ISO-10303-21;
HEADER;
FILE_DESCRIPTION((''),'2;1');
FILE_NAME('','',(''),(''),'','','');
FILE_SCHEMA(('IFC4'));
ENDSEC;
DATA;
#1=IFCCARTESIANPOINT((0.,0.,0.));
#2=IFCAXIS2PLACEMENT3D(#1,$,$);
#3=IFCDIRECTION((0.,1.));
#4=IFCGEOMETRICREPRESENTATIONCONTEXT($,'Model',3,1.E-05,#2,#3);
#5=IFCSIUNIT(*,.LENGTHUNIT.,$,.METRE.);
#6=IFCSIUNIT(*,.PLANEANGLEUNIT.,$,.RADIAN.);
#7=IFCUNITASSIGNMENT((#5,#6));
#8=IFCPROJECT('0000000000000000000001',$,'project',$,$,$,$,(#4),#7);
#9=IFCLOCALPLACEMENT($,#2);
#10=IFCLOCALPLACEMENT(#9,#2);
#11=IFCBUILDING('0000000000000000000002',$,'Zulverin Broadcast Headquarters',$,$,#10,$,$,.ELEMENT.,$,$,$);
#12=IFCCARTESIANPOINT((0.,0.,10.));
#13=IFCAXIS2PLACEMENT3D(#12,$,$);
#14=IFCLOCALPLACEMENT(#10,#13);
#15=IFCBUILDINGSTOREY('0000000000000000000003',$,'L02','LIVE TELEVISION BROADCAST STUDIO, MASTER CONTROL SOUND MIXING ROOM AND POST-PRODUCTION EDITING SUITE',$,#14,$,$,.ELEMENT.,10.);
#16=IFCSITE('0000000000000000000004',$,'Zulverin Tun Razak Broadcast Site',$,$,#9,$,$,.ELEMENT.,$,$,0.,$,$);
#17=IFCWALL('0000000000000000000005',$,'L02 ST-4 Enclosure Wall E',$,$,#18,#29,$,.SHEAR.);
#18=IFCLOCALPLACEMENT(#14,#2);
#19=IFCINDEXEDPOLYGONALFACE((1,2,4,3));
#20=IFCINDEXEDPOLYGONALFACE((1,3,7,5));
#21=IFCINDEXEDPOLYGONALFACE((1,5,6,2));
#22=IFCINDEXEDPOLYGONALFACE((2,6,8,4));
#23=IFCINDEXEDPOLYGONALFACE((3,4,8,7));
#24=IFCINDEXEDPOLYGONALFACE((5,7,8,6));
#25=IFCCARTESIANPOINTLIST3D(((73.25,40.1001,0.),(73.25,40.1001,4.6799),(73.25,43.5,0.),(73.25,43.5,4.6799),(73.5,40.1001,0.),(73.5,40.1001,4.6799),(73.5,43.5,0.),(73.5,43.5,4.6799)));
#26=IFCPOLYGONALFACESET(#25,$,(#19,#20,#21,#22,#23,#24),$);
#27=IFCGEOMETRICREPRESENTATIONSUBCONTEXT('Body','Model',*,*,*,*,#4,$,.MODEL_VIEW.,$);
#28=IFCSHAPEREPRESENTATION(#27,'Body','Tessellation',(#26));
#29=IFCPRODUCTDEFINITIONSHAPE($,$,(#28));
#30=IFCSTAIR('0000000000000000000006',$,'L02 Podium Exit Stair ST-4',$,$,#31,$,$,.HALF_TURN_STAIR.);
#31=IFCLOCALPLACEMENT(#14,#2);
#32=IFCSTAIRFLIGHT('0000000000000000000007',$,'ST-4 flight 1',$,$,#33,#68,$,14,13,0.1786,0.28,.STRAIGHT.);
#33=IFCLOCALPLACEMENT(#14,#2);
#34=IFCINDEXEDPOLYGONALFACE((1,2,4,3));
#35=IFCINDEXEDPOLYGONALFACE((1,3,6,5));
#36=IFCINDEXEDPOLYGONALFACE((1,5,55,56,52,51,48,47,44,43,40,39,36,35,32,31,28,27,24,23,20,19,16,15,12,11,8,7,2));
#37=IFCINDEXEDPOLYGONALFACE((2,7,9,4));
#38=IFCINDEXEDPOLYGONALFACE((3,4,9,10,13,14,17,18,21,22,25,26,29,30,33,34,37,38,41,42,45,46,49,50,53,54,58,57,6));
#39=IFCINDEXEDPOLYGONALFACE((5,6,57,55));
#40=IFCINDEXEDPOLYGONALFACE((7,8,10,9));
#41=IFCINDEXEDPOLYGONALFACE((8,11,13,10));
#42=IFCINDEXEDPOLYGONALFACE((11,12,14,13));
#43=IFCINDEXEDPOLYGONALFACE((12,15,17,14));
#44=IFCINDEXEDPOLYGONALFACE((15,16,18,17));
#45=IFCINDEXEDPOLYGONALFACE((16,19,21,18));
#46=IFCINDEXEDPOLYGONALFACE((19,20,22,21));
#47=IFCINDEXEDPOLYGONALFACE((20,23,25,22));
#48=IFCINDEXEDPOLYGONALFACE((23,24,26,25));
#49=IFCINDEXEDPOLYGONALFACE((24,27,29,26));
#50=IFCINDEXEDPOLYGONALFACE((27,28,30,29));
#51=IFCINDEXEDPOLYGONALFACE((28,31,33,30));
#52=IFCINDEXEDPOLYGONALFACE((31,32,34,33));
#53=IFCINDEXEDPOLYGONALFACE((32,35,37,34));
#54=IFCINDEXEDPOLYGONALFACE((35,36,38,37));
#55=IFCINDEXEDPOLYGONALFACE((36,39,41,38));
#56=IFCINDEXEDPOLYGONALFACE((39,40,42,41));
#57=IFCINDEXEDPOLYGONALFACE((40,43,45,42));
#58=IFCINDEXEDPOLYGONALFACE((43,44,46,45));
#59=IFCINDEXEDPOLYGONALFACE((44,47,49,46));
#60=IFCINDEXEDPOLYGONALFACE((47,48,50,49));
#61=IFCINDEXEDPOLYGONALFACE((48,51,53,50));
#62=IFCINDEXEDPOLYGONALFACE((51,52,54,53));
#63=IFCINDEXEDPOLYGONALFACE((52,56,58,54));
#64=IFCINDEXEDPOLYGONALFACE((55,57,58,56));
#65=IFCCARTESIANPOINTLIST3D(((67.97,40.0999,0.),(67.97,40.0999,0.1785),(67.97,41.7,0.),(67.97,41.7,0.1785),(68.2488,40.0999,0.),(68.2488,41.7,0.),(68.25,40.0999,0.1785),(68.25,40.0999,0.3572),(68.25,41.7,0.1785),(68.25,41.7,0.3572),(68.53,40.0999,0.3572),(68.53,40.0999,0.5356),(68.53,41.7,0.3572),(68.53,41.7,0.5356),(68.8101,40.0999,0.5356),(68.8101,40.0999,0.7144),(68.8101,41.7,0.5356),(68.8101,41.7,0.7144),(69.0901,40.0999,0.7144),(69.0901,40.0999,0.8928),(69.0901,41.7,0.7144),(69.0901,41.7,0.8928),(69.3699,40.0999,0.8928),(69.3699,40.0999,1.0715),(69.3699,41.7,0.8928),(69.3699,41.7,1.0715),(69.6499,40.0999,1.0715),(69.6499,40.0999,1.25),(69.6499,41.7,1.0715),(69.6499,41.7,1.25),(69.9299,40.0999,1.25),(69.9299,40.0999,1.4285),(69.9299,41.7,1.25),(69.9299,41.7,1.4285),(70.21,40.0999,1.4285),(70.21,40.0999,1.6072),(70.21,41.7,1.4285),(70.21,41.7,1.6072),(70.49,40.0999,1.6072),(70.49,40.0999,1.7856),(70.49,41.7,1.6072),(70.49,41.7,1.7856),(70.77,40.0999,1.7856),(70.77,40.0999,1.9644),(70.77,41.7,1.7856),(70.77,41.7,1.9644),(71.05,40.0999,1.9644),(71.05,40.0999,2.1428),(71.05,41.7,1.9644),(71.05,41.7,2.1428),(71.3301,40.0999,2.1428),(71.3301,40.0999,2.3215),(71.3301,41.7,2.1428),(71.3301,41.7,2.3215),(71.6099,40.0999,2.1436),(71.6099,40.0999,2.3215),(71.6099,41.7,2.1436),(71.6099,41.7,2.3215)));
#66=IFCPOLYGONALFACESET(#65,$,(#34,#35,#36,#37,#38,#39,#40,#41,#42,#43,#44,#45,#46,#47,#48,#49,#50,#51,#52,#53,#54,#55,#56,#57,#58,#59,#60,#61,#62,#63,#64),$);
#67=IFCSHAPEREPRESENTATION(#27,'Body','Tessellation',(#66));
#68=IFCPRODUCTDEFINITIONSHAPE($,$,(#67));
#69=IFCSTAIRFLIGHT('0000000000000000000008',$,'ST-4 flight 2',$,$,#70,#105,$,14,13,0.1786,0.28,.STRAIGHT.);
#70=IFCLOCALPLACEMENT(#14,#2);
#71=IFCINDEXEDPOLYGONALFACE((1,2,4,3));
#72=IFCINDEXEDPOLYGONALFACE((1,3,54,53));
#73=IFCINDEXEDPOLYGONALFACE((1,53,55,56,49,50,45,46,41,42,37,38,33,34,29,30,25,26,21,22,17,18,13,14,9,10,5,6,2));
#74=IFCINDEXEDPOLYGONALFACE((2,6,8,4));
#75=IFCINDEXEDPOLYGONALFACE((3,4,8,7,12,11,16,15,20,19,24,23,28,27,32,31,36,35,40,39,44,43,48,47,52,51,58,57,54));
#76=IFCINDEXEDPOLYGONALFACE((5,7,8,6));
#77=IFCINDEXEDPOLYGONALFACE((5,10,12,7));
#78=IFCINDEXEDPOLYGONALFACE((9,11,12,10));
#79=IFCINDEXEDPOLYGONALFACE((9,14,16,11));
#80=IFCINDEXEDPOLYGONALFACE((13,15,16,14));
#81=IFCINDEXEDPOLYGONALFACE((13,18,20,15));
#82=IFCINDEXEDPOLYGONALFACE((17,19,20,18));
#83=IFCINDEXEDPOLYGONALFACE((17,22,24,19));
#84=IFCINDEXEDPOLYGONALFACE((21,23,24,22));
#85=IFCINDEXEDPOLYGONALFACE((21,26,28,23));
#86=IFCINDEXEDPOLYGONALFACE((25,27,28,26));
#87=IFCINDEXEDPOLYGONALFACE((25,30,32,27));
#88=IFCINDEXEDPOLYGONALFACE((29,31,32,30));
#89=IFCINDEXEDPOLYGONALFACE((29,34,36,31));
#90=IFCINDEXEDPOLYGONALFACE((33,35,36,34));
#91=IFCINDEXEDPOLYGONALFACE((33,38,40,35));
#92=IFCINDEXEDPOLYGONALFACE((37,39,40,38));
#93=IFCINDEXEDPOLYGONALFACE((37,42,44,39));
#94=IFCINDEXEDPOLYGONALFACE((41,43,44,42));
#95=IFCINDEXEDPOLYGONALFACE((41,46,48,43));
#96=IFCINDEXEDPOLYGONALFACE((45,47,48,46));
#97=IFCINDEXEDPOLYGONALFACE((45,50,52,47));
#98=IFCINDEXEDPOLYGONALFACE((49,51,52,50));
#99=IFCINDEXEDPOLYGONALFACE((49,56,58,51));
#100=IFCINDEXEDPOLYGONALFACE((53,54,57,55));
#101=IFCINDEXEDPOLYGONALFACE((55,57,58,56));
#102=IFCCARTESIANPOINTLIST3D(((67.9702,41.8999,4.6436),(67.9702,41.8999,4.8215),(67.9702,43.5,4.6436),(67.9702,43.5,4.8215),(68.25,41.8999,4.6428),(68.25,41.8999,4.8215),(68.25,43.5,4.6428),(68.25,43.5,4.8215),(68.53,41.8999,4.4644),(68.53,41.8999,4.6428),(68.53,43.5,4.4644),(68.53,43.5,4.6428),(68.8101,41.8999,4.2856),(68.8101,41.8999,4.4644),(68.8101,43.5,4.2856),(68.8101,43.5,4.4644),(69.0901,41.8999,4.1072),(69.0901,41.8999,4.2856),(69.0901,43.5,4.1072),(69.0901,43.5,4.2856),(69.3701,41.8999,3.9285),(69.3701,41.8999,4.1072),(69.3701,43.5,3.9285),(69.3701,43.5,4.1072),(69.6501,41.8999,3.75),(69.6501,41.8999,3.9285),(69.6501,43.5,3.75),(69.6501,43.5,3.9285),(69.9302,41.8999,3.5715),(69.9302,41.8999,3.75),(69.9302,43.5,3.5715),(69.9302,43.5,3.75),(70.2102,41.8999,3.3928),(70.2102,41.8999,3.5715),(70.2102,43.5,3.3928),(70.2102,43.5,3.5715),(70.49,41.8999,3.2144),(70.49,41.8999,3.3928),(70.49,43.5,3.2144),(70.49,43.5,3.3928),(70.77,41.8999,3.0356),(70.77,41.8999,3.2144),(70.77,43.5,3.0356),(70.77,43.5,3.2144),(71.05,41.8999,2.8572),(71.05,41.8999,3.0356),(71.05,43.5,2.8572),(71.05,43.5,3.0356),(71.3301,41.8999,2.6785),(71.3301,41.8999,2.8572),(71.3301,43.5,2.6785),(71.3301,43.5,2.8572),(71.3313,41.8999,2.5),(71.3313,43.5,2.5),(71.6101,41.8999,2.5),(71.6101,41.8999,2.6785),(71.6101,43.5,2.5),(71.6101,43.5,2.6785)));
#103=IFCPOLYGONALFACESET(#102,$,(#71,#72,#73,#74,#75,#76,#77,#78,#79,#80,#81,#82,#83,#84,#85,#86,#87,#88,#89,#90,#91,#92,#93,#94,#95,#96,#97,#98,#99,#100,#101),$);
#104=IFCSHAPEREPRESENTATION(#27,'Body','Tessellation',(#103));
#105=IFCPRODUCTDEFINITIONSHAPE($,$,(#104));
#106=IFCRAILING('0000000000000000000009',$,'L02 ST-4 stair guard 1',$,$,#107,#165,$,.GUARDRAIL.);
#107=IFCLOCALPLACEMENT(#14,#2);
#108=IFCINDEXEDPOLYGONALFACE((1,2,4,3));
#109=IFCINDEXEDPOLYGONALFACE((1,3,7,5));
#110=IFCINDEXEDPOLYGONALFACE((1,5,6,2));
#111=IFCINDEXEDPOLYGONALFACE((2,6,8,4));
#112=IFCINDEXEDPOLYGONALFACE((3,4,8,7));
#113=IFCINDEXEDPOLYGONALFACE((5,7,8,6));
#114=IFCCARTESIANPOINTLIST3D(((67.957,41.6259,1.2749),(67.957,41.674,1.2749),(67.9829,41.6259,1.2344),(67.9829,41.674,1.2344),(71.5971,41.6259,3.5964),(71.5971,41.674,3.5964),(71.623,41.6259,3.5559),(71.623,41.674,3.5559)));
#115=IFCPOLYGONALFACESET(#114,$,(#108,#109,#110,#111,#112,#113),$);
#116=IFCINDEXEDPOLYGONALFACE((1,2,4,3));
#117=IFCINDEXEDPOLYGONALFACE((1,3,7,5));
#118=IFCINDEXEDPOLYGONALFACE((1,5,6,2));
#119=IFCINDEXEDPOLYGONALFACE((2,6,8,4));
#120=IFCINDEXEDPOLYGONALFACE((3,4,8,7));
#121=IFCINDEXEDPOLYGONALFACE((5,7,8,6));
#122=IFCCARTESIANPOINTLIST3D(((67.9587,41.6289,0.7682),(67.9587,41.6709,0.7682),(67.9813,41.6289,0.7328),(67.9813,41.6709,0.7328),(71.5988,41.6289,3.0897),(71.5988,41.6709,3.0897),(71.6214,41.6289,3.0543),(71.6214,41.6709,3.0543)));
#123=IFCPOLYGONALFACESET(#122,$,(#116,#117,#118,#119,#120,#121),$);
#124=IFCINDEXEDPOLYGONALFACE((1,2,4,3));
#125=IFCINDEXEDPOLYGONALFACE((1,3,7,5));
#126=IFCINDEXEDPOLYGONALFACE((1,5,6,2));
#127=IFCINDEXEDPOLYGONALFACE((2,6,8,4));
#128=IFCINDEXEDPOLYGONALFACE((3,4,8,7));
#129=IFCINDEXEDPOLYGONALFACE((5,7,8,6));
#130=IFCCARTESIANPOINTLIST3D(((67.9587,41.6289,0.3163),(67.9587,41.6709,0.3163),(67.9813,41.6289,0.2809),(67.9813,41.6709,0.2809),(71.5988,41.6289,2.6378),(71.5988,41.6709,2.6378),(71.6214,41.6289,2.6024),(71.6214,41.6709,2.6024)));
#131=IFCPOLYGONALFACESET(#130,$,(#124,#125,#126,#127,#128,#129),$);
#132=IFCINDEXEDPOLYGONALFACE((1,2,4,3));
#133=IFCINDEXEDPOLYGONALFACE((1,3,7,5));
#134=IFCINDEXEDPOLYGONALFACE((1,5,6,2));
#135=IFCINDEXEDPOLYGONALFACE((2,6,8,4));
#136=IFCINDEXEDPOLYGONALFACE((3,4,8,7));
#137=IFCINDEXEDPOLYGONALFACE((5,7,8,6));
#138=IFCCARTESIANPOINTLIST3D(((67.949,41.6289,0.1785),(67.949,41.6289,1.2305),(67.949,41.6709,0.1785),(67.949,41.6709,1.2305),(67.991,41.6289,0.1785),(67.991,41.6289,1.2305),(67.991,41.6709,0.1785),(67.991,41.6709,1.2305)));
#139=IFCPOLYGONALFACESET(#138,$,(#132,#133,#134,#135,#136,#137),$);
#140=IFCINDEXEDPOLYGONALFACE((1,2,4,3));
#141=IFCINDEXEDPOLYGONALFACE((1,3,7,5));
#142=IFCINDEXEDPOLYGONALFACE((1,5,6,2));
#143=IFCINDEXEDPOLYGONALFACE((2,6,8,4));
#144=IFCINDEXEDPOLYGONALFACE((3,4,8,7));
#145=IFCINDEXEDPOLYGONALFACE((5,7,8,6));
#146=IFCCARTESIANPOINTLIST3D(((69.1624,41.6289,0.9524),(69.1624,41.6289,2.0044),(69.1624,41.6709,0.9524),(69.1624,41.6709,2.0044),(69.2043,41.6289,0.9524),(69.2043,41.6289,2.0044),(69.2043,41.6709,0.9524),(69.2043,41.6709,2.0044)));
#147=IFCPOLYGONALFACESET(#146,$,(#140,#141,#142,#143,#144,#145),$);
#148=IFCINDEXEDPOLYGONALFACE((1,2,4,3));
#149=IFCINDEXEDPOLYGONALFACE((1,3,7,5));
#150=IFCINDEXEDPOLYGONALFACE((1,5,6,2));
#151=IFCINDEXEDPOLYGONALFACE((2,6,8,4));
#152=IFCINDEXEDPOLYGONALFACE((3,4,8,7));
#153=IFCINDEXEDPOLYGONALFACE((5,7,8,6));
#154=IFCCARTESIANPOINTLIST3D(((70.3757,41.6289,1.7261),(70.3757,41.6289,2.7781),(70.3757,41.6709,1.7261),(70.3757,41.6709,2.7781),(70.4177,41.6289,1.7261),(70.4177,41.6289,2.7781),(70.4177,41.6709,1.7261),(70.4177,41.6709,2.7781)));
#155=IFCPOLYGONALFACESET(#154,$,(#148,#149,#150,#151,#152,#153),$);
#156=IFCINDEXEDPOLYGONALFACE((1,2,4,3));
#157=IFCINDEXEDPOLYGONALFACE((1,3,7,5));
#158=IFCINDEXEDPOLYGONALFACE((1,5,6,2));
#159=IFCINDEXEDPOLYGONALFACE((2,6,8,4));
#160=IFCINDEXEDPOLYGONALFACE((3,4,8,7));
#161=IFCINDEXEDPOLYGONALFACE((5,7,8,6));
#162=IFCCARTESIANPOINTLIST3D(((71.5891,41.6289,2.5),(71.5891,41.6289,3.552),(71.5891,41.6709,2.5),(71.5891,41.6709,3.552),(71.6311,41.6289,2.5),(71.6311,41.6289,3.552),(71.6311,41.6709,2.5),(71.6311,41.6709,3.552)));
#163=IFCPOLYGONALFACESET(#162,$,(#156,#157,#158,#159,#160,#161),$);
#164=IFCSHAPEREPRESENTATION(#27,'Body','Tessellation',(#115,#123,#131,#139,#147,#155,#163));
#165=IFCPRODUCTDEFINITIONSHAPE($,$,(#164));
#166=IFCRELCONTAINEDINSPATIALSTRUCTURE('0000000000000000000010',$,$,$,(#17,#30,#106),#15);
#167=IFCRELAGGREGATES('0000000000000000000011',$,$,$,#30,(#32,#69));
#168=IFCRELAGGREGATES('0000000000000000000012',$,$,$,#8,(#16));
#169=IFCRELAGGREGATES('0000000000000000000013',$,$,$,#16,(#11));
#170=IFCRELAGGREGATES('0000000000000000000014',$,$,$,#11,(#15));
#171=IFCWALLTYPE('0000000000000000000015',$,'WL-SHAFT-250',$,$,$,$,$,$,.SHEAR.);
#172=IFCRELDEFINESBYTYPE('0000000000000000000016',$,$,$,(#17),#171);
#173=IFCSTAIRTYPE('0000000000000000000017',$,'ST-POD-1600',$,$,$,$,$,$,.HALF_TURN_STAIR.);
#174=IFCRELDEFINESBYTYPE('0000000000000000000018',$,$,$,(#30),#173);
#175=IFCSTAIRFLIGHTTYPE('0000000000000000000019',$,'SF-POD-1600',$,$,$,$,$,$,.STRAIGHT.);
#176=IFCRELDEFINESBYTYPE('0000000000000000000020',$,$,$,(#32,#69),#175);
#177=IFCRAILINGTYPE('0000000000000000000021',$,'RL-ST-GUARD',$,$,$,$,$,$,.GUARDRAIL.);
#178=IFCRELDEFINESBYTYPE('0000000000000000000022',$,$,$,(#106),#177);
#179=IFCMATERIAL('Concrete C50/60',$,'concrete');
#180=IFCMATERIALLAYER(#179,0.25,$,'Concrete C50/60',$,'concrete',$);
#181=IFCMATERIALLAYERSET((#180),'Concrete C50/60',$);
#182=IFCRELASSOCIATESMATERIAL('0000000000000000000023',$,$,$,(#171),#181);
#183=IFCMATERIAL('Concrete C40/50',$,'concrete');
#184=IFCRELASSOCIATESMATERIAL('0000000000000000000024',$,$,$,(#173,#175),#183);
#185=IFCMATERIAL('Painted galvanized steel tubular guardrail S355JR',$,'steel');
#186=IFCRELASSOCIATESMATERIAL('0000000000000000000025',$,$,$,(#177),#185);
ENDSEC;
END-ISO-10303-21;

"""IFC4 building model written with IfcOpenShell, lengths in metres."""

from ifc_helpers import new_model, si_unit, direction, frame, frame_2d, origin, origin_2d, place, context, subcontext, project, spatial, polyline, rectangle, outline, extrude, material, layer, layer_set, type_object, element, aggregate, save


model = new_model("IFC4")

# Units and contexts
model_context = context("Model", 3, precision=1e-05, world=origin(), true_north=direction((0.0, 1.0)))
body_context = subcontext(model_context, "Body", "Model", "MODEL_VIEW")
ifc_project = project(units=[si_unit("LENGTHUNIT", "METRE"), si_unit("PLANEANGLEUNIT", "RADIAN")], contexts=[model_context])

# Site, building, storey
site_placement = place(None, origin())
site = spatial("IfcSite", under=ifc_project, at=site_placement, Name="Zulverin Tun Razak Broadcast Site", CompositionType="ELEMENT", RefElevation=0.0)
building_placement = place(site_placement, origin())
building = spatial("IfcBuilding", under=site, at=building_placement, Name="Zulverin Broadcast Headquarters", CompositionType="ELEMENT")
storey_placement = place(building_placement, frame((0.0, 0.0, 10.0)))
storey = spatial("IfcBuildingStorey", under=building, at=storey_placement, Name="L02", Description="LIVE TELEVISION BROADCAST STUDIO, MASTER CONTROL SOUND MIXING ROOM AND POST-PRODUCTION EDITING SUITE", CompositionType="ELEMENT", Elevation=10.0)

# Shared definitions
ifc_material_1 = material(Name="Concrete C40/50", Category="concrete")

# Wall
ifc_material_2 = material(Name="Concrete C50/60", Category="concrete")
ifc_layer_1 = layer(ifc_material_2, 0.25, Name="Concrete C50/60", Category="concrete")
ifc_layer_set_1 = layer_set([ifc_layer_1], Name="Concrete C50/60")
wall_type_1 = type_object("IfcWallType", Name="WL-SHAFT-250", PredefinedType="SHEAR", material=ifc_layer_set_1)
for number, where, z_axis, x_axis, name in (
    (1, (73.375, 40.1001, 0.0), (0.0, 0.0, 1.0), (0.0, 1.0, 0.0), "L02 ST-4 Enclosure Wall E"),
):
    element("IfcWall", number, at=place(storey_placement, frame(where, z_axis=z_axis, x_axis=x_axis)), inside=storey, type_object=wall_type_1, Name=name, PredefinedType="SHEAR", context=body_context, shape_type="SweptSolid", body=[
        extrude(rectangle(XDim=3.3999, YDim=0.25, at=frame_2d((1.7, 0.0))), origin(), (0.0, 0.0, 1.0), 4.6799),
    ])

# Stair, stair flights
stair_type = type_object("IfcStairType", Name="ST-POD-1600", PredefinedType="HALF_TURN_STAIR", material=ifc_material_1)
stair_placement = place(storey_placement, origin())
stair = element("IfcStair", 2, at=stair_placement, inside=storey, type_object=stair_type, Name="L02 Podium Exit Stair ST-4", PredefinedType="HALF_TURN_STAIR")
stair_flight_type = type_object("IfcStairFlightType", Name="SF-POD-1600", PredefinedType="STRAIGHT", material=ifc_material_1)
stair_flight_1_placement = place(storey_placement, frame((67.97, 40.8999, 0.0), z_axis=(0.0, 0.0, 1.0), x_axis=(1.0, 0.0, 0.0)))
stair_flight_1 = element("IfcStairFlight", 3, at=stair_flight_1_placement, type_object=stair_flight_type, Name="ST-4 flight 1", NumberOfRisers=14, NumberOfTreads=13, PredefinedType="STRAIGHT", RiserHeight=0.1786, TreadLength=0.28, context=body_context, shape_type="SweptSolid", body=[
    extrude(outline(polyline([(0.0, 0.0), (0.0, 0.1785), (0.28, 0.1785), (0.28, 0.3572), (0.5601, 0.3572), (0.5601, 0.5356), (0.8401, 0.5356), (0.8401, 0.7144), (1.1201, 0.7144), (1.1201, 0.8928), (1.3999, 0.8928), (1.3999, 1.0715), (1.6799, 1.0715), (1.6799, 1.25), (1.96, 1.25), (1.96, 1.4285), (2.24, 1.4285), (2.24, 1.6072), (2.52, 1.6072), (2.52, 1.7856), (2.8, 1.7856), (2.8, 1.9644), (3.0801, 1.9644), (3.0801, 2.1428), (3.3601, 2.1428), (3.3601, 2.3215), (3.6399, 2.3215), (3.6399, 2.5), (3.6399, 2.1436), (0.2788, 0.0), (0.0, 0.0)])), frame((0.0, 0.8, 0.0), z_axis=(0.0, -1.0, 0.0), x_axis=(1.0, 0.0, 0.0)), (0.0, 0.0, 1.0), 1.6001),
])
stair_flight_2_placement = place(storey_placement, frame((71.6101, 42.7, 2.5), z_axis=(0.0, 0.0, 1.0), x_axis=(-1.0, 0.0, 0.0)))
stair_flight_2 = element("IfcStairFlight", 4, at=stair_flight_2_placement, type_object=stair_flight_type, Name="ST-4 flight 2", NumberOfRisers=14, NumberOfTreads=13, PredefinedType="STRAIGHT", RiserHeight=0.1786, TreadLength=0.28, context=body_context, shape_type="SweptSolid", body=[
    extrude(outline(polyline([(0.0, 0.0), (0.0, 0.1785), (0.28, 0.1785), (0.28, 0.3572), (0.5601, 0.3572), (0.5601, 0.5356), (0.8401, 0.5356), (0.8401, 0.7144), (1.1201, 0.7144), (1.1201, 0.8928), (1.3999, 0.8928), (1.3999, 1.0715), (1.6799, 1.0715), (1.6799, 1.25), (1.96, 1.25), (1.96, 1.4285), (2.24, 1.4285), (2.24, 1.6072), (2.52, 1.6072), (2.52, 1.7856), (2.8, 1.7856), (2.8, 1.9644), (3.0801, 1.9644), (3.0801, 2.1428), (3.3601, 2.1428), (3.3601, 2.3215), (3.6399, 2.3215), (3.6399, 2.5), (3.6399, 2.1436), (0.2788, 0.0), (0.0, 0.0)])), frame((0.0, 0.8, 0.0), z_axis=(0.0, -1.0, 0.0), x_axis=(1.0, 0.0, 0.0)), (0.0, 0.0, 1.0), 1.6001),
])
aggregate(stair, [stair_flight_1, stair_flight_2])

# Railing
ifc_material_3 = material(Name="Painted galvanized steel tubular guardrail S355JR", Category="steel")
railing_type_1 = type_object("IfcRailingType", Name="RL-ST-GUARD", PredefinedType="GUARDRAIL", material=ifc_material_3)
railing_1_placement = place(storey_placement, frame((67.97, 41.6499, 0.1785)))
element("IfcRailing", 5, at=railing_1_placement, inside=storey, type_object=railing_type_1, Name="L02 ST-4 stair guard 1", PredefinedType="GUARDRAIL", context=body_context, shape_type="SweptSolid", body=[
    extrude(rectangle(XDim=0.0481, YDim=0.0481, at=origin_2d()), frame((0.0, 0.0, 1.0762), z_axis=(0.843128, 0.0, 0.537713), x_axis=(0.0, 1.0, 0.0)), (0.0, 0.0, 1.0), 4.3174),
    extrude(rectangle(XDim=0.042, YDim=0.042, at=origin_2d()), frame((0.0, 0.0, 0.572), z_axis=(0.843128, 0.0, 0.537713), x_axis=(0.0, 1.0, 0.0)), (0.0, 0.0, 1.0), 4.3174),
    extrude(rectangle(XDim=0.042, YDim=0.042, at=origin_2d()), frame((0.0, 0.0, 0.1201), z_axis=(0.843128, 0.0, 0.537713), x_axis=(0.0, 1.0, 0.0)), (0.0, 0.0, 1.0), 4.3174),
    extrude(rectangle(XDim=0.042, YDim=0.042, at=origin_2d()), origin(), (0.0, 0.0, 1.0), 1.052),
    extrude(rectangle(XDim=0.042, YDim=0.042, at=origin_2d()), frame((1.2134, 0.0, 0.7739)), (0.0, 0.0, 1.0), 1.052),
    extrude(rectangle(XDim=0.042, YDim=0.042, at=origin_2d()), frame((2.4268, 0.0, 1.5476)), (0.0, 0.0, 1.0), 1.052),
    extrude(rectangle(XDim=0.042, YDim=0.042, at=origin_2d()), frame((3.6401, 0.0, 2.3215)), (0.0, 0.0, 1.0), 1.052),
])

save(model, "model.ifc")
